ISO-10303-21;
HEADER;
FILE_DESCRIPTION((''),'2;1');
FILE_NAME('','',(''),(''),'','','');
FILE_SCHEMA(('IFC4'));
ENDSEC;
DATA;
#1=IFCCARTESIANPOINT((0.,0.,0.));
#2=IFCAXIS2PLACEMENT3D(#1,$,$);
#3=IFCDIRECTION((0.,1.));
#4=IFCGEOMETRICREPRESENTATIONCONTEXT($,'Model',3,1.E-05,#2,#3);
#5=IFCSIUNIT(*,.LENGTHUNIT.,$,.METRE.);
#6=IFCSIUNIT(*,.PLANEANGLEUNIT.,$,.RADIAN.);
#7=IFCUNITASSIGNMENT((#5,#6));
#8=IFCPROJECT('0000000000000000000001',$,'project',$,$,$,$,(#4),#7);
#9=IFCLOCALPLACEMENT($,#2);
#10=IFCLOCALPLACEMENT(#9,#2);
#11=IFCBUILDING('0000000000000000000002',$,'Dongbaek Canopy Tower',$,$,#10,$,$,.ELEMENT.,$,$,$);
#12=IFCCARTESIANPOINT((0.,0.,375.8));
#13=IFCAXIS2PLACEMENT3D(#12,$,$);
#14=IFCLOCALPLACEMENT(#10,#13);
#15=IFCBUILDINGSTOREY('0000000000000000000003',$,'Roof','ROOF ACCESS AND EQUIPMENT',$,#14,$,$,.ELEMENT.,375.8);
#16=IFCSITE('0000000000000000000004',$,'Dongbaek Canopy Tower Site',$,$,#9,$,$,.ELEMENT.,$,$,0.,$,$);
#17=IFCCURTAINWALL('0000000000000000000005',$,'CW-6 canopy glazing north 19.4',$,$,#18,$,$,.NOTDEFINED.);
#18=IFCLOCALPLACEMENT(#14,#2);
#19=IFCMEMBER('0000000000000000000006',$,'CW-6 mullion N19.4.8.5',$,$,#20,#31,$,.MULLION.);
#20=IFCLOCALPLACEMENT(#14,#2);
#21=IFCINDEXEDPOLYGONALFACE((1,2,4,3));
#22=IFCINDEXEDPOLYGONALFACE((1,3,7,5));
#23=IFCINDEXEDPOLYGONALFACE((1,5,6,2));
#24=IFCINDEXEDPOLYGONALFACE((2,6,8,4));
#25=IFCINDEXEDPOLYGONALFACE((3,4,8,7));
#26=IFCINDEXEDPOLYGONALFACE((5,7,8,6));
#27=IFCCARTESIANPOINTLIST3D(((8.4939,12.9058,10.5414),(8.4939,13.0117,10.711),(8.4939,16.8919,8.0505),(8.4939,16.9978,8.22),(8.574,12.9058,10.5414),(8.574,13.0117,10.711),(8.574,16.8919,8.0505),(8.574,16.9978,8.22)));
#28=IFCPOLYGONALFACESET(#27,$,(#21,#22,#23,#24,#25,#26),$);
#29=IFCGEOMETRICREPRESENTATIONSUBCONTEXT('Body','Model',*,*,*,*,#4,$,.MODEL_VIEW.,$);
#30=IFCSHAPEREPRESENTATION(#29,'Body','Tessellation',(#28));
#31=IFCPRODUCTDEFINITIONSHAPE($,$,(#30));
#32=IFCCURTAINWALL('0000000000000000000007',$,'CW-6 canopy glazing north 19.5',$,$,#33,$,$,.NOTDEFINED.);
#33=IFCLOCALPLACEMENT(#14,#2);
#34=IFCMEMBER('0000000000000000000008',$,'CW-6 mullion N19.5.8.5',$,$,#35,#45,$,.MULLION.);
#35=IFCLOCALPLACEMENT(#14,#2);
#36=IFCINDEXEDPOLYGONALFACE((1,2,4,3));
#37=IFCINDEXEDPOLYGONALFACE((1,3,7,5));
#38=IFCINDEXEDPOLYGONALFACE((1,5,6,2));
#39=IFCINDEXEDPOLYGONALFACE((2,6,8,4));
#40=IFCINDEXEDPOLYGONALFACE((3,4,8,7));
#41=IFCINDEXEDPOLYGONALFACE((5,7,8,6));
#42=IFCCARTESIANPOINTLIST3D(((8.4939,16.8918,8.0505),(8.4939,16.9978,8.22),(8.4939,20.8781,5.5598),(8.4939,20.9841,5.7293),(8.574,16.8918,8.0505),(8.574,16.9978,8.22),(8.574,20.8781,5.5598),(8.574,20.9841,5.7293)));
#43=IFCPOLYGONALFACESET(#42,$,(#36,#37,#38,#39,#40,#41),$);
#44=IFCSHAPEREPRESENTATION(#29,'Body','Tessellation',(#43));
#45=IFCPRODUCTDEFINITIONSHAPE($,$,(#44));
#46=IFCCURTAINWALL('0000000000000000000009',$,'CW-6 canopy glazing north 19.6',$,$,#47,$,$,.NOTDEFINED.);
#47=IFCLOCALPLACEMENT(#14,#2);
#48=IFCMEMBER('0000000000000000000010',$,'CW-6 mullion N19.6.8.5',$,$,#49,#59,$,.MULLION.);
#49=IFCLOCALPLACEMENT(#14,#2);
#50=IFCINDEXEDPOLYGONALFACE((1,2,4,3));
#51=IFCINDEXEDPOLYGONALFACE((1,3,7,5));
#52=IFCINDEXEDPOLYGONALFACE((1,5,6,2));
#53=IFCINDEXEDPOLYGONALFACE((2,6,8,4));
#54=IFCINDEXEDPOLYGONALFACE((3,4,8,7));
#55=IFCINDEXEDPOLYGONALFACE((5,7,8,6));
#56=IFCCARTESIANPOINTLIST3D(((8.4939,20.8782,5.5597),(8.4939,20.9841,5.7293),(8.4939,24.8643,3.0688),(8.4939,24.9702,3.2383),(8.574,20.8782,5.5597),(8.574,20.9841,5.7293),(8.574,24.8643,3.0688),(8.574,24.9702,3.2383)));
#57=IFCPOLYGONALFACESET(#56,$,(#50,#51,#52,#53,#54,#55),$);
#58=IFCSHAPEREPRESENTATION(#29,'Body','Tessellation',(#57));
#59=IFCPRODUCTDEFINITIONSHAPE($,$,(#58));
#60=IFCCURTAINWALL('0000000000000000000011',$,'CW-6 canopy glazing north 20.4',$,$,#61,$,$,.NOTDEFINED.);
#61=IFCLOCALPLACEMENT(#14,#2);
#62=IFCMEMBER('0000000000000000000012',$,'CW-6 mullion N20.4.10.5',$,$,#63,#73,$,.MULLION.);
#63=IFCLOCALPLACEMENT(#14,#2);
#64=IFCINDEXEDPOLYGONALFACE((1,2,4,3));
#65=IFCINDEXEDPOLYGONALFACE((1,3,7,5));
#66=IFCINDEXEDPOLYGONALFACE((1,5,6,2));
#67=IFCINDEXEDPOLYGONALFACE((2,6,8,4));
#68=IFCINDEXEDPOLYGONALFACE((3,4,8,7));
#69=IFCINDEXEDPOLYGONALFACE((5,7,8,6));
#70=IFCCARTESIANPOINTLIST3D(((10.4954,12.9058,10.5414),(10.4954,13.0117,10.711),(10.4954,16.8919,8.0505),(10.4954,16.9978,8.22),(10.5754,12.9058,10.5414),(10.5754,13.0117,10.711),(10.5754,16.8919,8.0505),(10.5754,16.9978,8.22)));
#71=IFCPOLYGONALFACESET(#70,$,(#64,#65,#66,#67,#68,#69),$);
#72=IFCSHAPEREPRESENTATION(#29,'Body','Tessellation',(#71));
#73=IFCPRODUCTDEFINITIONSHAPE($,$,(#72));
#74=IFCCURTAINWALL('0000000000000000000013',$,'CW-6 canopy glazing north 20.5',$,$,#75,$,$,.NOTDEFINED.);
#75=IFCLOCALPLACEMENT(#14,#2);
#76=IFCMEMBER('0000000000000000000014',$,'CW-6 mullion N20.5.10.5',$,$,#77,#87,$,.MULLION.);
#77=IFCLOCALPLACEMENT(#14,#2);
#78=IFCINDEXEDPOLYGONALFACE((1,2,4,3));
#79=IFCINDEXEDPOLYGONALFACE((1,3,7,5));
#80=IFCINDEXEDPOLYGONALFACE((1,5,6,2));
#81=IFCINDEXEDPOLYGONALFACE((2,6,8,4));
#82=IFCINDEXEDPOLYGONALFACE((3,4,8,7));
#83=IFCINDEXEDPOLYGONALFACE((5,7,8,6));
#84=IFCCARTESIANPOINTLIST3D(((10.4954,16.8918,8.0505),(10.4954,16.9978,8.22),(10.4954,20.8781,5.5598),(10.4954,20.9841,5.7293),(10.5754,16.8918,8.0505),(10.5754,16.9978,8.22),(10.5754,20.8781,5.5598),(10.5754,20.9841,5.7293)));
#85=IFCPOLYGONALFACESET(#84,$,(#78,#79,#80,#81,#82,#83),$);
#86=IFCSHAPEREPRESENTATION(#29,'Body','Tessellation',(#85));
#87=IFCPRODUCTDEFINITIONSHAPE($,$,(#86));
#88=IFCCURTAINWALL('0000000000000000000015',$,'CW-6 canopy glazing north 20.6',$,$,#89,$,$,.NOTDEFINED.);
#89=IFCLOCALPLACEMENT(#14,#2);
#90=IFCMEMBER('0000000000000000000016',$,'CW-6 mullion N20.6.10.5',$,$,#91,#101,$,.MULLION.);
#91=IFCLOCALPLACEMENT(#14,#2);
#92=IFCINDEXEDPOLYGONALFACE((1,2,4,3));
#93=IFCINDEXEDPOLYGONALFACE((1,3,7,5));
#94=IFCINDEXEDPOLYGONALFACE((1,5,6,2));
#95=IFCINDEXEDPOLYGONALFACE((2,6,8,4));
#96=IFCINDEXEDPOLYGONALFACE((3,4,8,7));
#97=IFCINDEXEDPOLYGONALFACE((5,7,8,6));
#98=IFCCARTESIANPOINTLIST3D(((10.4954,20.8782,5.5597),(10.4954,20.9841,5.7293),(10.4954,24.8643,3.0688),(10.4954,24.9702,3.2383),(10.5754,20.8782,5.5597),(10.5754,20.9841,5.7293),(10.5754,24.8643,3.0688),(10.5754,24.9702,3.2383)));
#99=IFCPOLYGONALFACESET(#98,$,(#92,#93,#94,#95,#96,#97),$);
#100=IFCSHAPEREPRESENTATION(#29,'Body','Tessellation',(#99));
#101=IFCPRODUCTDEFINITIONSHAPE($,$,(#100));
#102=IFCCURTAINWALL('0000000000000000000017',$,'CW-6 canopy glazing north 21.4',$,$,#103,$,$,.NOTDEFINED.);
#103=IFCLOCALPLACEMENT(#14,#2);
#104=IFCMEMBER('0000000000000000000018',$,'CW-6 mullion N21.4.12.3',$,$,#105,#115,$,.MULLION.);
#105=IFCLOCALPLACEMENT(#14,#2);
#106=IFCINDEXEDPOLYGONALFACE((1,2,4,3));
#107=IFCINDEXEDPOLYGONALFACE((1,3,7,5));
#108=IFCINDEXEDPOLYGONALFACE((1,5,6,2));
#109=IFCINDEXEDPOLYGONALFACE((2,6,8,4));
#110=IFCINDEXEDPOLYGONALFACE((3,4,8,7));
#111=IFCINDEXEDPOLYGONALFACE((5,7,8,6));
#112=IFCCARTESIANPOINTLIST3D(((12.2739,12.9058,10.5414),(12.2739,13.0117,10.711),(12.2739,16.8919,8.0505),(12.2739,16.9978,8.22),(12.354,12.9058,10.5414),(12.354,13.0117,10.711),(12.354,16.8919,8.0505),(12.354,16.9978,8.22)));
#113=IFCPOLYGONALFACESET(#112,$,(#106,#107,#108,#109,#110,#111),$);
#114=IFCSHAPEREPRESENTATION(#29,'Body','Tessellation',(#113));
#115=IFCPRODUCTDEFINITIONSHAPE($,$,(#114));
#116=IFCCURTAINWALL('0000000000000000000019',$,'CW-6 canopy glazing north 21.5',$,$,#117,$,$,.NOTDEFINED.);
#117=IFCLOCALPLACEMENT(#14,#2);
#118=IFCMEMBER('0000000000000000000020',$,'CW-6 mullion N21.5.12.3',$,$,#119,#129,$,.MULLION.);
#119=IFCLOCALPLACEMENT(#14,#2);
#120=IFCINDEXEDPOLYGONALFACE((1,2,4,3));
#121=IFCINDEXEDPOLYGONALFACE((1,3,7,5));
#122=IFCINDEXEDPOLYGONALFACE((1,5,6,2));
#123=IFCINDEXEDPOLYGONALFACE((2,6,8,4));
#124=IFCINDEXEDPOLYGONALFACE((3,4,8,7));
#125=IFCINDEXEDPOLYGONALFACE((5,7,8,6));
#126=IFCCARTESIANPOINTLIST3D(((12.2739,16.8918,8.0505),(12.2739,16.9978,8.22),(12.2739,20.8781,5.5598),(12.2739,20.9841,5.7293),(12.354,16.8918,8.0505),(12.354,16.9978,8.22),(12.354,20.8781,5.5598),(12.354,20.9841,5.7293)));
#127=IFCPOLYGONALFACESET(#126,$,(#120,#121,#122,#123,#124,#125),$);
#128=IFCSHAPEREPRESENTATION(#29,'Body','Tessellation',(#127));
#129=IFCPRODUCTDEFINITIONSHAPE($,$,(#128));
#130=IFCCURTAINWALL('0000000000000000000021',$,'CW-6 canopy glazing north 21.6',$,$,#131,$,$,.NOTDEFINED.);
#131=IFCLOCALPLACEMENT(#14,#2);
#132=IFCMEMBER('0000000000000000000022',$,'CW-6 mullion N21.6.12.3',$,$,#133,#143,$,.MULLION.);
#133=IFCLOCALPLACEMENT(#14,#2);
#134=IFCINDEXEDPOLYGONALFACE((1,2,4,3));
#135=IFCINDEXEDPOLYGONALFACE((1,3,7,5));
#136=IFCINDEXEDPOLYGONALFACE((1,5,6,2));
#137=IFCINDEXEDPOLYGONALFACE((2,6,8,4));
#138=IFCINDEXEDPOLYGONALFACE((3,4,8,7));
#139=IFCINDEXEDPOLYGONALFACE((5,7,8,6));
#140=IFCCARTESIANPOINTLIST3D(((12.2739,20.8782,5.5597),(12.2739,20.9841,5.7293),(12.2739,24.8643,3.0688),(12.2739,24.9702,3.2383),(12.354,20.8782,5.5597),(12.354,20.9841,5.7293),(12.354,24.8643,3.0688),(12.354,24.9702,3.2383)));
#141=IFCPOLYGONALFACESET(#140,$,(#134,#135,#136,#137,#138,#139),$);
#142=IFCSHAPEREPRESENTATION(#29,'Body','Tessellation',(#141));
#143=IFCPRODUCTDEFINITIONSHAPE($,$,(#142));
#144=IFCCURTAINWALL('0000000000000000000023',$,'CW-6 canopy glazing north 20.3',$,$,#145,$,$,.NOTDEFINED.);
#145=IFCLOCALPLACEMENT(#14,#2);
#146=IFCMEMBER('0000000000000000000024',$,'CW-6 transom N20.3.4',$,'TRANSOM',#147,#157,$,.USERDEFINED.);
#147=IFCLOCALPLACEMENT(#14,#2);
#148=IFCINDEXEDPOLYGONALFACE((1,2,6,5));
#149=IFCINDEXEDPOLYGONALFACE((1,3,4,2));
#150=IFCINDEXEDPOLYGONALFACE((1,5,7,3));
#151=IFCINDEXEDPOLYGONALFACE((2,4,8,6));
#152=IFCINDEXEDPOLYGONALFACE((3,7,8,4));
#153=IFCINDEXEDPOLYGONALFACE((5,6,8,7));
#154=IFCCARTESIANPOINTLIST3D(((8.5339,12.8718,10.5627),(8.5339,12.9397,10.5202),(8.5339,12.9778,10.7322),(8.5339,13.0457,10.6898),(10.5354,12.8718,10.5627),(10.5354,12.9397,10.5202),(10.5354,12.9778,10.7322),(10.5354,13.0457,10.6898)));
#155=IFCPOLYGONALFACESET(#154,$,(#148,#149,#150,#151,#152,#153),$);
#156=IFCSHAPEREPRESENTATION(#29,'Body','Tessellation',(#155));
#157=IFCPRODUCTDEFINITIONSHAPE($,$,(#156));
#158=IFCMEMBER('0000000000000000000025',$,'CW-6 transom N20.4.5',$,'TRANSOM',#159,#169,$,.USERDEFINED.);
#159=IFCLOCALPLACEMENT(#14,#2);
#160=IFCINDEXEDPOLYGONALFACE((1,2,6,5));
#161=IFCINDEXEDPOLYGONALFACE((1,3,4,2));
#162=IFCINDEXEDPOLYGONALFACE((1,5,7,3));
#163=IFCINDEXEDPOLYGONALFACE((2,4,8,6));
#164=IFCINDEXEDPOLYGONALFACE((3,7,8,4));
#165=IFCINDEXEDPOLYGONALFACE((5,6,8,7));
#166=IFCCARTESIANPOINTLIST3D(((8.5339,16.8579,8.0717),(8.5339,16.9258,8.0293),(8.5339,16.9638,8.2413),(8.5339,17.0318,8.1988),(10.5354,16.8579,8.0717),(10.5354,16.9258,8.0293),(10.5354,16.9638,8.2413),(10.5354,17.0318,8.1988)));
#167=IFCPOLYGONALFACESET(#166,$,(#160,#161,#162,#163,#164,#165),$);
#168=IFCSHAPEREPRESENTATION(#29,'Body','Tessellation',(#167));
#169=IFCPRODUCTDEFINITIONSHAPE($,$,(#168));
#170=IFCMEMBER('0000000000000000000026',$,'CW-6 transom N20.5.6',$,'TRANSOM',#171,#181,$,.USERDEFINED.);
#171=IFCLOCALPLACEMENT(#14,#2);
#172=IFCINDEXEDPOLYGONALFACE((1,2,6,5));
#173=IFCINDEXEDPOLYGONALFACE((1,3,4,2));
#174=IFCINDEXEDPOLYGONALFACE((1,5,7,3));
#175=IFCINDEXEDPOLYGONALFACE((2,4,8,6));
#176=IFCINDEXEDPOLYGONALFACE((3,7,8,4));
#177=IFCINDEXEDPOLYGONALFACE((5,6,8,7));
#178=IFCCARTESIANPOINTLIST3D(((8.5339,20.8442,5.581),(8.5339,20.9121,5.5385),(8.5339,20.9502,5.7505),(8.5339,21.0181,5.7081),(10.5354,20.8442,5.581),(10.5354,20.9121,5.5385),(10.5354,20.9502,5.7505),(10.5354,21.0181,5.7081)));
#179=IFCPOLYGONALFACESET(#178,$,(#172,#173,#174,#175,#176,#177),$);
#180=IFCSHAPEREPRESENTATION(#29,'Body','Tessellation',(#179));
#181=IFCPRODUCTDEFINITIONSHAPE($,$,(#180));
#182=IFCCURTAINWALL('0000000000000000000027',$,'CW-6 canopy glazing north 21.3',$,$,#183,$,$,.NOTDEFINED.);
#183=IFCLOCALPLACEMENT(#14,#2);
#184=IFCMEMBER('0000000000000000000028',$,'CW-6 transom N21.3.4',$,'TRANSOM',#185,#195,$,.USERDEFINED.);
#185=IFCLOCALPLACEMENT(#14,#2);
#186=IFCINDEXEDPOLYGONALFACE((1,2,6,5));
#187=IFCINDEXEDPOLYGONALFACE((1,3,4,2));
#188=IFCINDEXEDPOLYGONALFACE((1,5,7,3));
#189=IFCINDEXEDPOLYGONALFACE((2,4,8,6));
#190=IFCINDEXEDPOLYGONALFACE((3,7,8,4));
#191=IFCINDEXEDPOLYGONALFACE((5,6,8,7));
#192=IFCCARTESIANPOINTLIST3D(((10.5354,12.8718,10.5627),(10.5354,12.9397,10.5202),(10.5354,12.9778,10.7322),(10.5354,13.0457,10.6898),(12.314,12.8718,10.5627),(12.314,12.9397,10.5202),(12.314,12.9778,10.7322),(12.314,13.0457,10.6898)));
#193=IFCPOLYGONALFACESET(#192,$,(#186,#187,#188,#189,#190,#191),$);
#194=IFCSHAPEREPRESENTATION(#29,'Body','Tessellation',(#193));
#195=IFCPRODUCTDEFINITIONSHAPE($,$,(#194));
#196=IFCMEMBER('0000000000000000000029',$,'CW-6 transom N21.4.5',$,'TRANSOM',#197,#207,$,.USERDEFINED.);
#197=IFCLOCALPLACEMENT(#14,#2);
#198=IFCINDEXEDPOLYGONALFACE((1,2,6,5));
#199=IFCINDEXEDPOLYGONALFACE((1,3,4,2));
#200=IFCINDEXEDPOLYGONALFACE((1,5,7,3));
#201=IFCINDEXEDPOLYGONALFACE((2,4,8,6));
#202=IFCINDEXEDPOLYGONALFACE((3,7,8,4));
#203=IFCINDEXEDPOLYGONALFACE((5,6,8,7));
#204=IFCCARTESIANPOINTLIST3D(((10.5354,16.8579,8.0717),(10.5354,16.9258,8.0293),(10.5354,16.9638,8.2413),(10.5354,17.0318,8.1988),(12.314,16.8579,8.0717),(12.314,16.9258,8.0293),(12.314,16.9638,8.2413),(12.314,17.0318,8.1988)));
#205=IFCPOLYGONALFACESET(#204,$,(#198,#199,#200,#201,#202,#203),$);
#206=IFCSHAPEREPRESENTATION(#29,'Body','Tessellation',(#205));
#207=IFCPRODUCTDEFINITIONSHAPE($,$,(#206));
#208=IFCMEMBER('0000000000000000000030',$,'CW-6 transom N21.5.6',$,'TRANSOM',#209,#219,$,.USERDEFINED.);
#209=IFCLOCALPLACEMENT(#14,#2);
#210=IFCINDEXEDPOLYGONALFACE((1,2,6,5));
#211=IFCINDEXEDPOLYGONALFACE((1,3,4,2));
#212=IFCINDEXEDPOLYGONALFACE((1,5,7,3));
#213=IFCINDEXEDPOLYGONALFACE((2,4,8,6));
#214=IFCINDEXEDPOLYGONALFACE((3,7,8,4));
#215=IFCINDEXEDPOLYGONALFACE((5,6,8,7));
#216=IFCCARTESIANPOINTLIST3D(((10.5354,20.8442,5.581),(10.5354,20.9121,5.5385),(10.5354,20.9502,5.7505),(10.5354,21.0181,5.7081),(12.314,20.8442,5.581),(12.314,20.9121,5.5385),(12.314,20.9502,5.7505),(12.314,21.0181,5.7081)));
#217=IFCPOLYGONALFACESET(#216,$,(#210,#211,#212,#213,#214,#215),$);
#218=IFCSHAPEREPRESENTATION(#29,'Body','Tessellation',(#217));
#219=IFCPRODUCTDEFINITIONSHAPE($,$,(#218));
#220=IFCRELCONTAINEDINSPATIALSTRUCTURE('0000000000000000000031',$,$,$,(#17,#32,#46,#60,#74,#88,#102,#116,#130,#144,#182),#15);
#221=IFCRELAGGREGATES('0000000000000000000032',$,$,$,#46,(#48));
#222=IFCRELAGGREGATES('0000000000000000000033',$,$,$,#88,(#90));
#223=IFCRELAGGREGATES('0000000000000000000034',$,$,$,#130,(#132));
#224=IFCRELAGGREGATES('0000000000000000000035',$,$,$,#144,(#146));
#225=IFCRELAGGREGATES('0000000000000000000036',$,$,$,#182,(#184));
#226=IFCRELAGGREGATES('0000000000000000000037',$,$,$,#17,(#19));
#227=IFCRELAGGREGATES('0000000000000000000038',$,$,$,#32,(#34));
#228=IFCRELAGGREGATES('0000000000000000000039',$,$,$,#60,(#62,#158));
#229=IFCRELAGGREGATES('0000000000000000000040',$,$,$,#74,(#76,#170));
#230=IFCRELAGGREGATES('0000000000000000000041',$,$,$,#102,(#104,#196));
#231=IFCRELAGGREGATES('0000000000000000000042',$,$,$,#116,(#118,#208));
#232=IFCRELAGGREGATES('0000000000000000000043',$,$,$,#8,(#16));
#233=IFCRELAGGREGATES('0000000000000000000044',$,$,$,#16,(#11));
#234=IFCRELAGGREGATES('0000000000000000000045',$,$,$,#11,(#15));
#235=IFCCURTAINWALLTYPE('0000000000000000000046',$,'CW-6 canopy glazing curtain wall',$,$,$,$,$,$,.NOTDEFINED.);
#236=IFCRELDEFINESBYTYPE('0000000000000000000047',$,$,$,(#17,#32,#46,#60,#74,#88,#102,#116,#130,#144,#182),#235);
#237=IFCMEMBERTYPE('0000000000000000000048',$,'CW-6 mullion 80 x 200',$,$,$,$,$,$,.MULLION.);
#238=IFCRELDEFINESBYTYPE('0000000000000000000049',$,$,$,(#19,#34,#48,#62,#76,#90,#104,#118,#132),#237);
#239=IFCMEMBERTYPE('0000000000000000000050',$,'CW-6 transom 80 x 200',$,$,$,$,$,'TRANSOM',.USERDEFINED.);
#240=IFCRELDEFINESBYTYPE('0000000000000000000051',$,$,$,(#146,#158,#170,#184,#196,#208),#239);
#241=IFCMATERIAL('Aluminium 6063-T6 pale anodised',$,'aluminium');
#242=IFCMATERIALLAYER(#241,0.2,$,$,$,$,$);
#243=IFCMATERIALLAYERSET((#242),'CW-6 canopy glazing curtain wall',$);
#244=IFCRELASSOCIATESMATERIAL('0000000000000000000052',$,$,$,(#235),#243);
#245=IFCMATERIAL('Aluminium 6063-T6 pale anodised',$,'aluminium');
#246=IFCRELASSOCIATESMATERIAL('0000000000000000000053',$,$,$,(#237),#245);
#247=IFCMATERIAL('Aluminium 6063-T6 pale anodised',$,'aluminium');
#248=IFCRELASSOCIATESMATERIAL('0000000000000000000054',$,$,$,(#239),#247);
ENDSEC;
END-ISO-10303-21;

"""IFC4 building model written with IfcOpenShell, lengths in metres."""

from ifc_helpers import new_model, si_unit, direction, frame, origin, origin_2d, place, context, subcontext, project, spatial, rectangle, extrude, material, layer, layer_set, material_profile, profile_set, type_object, element, aggregate, save


model = new_model("IFC4")

# Units and contexts
model_context = context("Model", 3, precision=1e-05, world=origin(), true_north=direction((0.0, 1.0)))
body_context = subcontext(model_context, "Body", "Model", "MODEL_VIEW")
ifc_project = project(units=[si_unit("LENGTHUNIT", "METRE"), si_unit("PLANEANGLEUNIT", "RADIAN")], contexts=[model_context])

# Site, building, storey
site_placement = place(None, origin())
site = spatial("IfcSite", under=ifc_project, at=site_placement, Name="Dongbaek Canopy Tower Site", CompositionType="ELEMENT", RefElevation=0.0)
building_placement = place(site_placement, origin())
building = spatial("IfcBuilding", under=site, at=building_placement, Name="Dongbaek Canopy Tower", CompositionType="ELEMENT")
storey_placement = place(building_placement, frame((0.0, 0.0, 375.8)))
storey = spatial("IfcBuildingStorey", under=building, at=storey_placement, Name="Roof", Description="ROOF ACCESS AND EQUIPMENT", CompositionType="ELEMENT", Elevation=375.8)

# Curtain walls, members
ifc_material_1 = material(Name="Aluminium 6063-T6 pale anodised", Category="aluminium")
ifc_layer_1 = layer(ifc_material_1, 0.2)
ifc_layer_set_1 = layer_set([ifc_layer_1], Name="CW-6 canopy glazing curtain wall")
curtain_wall_type = type_object("IfcCurtainWallType", Name="CW-6 canopy glazing curtain wall", PredefinedType="NOTDEFINED", material=ifc_layer_set_1)
curtain_wall_1_placement = place(storey_placement, origin())
curtain_wall_1 = element("IfcCurtainWall", 1, at=curtain_wall_1_placement, inside=storey, type_object=curtain_wall_type, Name="CW-6 canopy glazing north 19.4", PredefinedType="NOTDEFINED")
ifc_material_2 = material(Name="Aluminium 6063-T6 pale anodised", Category="aluminium")
ifc_material_profile_1 = material_profile(ifc_material_2, rectangle(XDim=0.0801, YDim=0.2, at=origin_2d()), Name="CW-6 mullion 80 x 200")
ifc_profile_set_1 = profile_set([ifc_material_profile_1], Name="Aluminium 6063-T6 pale anodised")
member_type_1 = type_object("IfcMemberType", Name="CW-6 mullion 80 x 200", PredefinedType="MULLION", material=ifc_profile_set_1)
member_1_placement = place(storey_placement, frame((8.5339, 12.9587, 10.6262), z_axis=(0.0, 0.84803, -0.529948), x_axis=(-1.0, 0.0, 0.0)))
member_1 = element("IfcMember", 2, at=member_1_placement, type_object=member_type_1, Name="CW-6 mullion N19.4.8.5", PredefinedType="MULLION", context=body_context, shape_type="SweptSolid", body=[
    extrude(rectangle(XDim=0.0801, YDim=0.2, at=origin_2d()), origin(), (0.0, 0.0, 1.0), 4.7004),
])
curtain_wall_2_placement = place(storey_placement, origin())
curtain_wall_2 = element("IfcCurtainWall", 3, at=curtain_wall_2_placement, inside=storey, type_object=curtain_wall_type, Name="CW-6 canopy glazing north 19.5", PredefinedType="NOTDEFINED")
member_2_placement = place(storey_placement, frame((8.5339, 16.9448, 8.1353), z_axis=(0.0, 0.848068, -0.529887), x_axis=(-1.0, 0.0, 0.0)))
member_2 = element("IfcMember", 4, at=member_2_placement, type_object=member_type_1, Name="CW-6 mullion N19.5.8.5", PredefinedType="MULLION", context=body_context, shape_type="SweptSolid", body=[
    extrude(rectangle(XDim=0.0801, YDim=0.2, at=origin_2d()), origin(), (0.0, 0.0, 1.0), 4.7004),
])
curtain_wall_3_placement = place(storey_placement, origin())
curtain_wall_3 = element("IfcCurtainWall", 5, at=curtain_wall_3_placement, inside=storey, type_object=curtain_wall_type, Name="CW-6 canopy glazing north 19.6", PredefinedType="NOTDEFINED")
member_3_placement = place(storey_placement, frame((8.5339, 20.9312, 5.6445), z_axis=(0.0, 0.84803, -0.529948), x_axis=(-1.0, 0.0, 0.0)))
member_3 = element("IfcMember", 6, at=member_3_placement, type_object=member_type_1, Name="CW-6 mullion N19.6.8.5", PredefinedType="MULLION", context=body_context, shape_type="SweptSolid", body=[
    extrude(rectangle(XDim=0.0801, YDim=0.2, at=origin_2d()), origin(), (0.0, 0.0, 1.0), 4.7004),
])
aggregate(curtain_wall_3, [member_3])
curtain_wall_4_placement = place(storey_placement, origin())
curtain_wall_4 = element("IfcCurtainWall", 7, at=curtain_wall_4_placement, inside=storey, type_object=curtain_wall_type, Name="CW-6 canopy glazing north 20.4", PredefinedType="NOTDEFINED")
member_4_placement = place(storey_placement, frame((10.5354, 12.9587, 10.6262), z_axis=(0.0, 0.84803, -0.529948), x_axis=(-1.0, 0.0, 0.0)))
member_4 = element("IfcMember", 8, at=member_4_placement, type_object=member_type_1, Name="CW-6 mullion N20.4.10.5", PredefinedType="MULLION", context=body_context, shape_type="SweptSolid", body=[
    extrude(rectangle(XDim=0.0801, YDim=0.2, at=origin_2d()), origin(), (0.0, 0.0, 1.0), 4.7004),
])
curtain_wall_5_placement = place(storey_placement, origin())
curtain_wall_5 = element("IfcCurtainWall", 9, at=curtain_wall_5_placement, inside=storey, type_object=curtain_wall_type, Name="CW-6 canopy glazing north 20.5", PredefinedType="NOTDEFINED")
member_5_placement = place(storey_placement, frame((10.5354, 16.9448, 8.1353), z_axis=(0.0, 0.848068, -0.529887), x_axis=(-1.0, 0.0, 0.0)))
member_5 = element("IfcMember", 10, at=member_5_placement, type_object=member_type_1, Name="CW-6 mullion N20.5.10.5", PredefinedType="MULLION", context=body_context, shape_type="SweptSolid", body=[
    extrude(rectangle(XDim=0.0801, YDim=0.2, at=origin_2d()), origin(), (0.0, 0.0, 1.0), 4.7004),
])
curtain_wall_6_placement = place(storey_placement, origin())
curtain_wall_6 = element("IfcCurtainWall", 11, at=curtain_wall_6_placement, inside=storey, type_object=curtain_wall_type, Name="CW-6 canopy glazing north 20.6", PredefinedType="NOTDEFINED")
member_6_placement = place(storey_placement, frame((10.5354, 20.9312, 5.6445), z_axis=(0.0, 0.84803, -0.529948), x_axis=(-1.0, 0.0, 0.0)))
member_6 = element("IfcMember", 12, at=member_6_placement, type_object=member_type_1, Name="CW-6 mullion N20.6.10.5", PredefinedType="MULLION", context=body_context, shape_type="SweptSolid", body=[
    extrude(rectangle(XDim=0.0801, YDim=0.2, at=origin_2d()), origin(), (0.0, 0.0, 1.0), 4.7004),
])
aggregate(curtain_wall_6, [member_6])
curtain_wall_7_placement = place(storey_placement, origin())
curtain_wall_7 = element("IfcCurtainWall", 13, at=curtain_wall_7_placement, inside=storey, type_object=curtain_wall_type, Name="CW-6 canopy glazing north 21.4", PredefinedType="NOTDEFINED")
member_7_placement = place(storey_placement, frame((12.314, 12.9587, 10.6262), z_axis=(0.0, 0.84803, -0.529948), x_axis=(-1.0, 0.0, 0.0)))
member_7 = element("IfcMember", 14, at=member_7_placement, type_object=member_type_1, Name="CW-6 mullion N21.4.12.3", PredefinedType="MULLION", context=body_context, shape_type="SweptSolid", body=[
    extrude(rectangle(XDim=0.0801, YDim=0.2, at=origin_2d()), origin(), (0.0, 0.0, 1.0), 4.7004),
])
curtain_wall_8_placement = place(storey_placement, origin())
curtain_wall_8 = element("IfcCurtainWall", 15, at=curtain_wall_8_placement, inside=storey, type_object=curtain_wall_type, Name="CW-6 canopy glazing north 21.5", PredefinedType="NOTDEFINED")
member_8_placement = place(storey_placement, frame((12.314, 16.9448, 8.1353), z_axis=(0.0, 0.848068, -0.529887), x_axis=(-1.0, 0.0, 0.0)))
member_8 = element("IfcMember", 16, at=member_8_placement, type_object=member_type_1, Name="CW-6 mullion N21.5.12.3", PredefinedType="MULLION", context=body_context, shape_type="SweptSolid", body=[
    extrude(rectangle(XDim=0.0801, YDim=0.2, at=origin_2d()), origin(), (0.0, 0.0, 1.0), 4.7004),
])
curtain_wall_9_placement = place(storey_placement, origin())
curtain_wall_9 = element("IfcCurtainWall", 17, at=curtain_wall_9_placement, inside=storey, type_object=curtain_wall_type, Name="CW-6 canopy glazing north 21.6", PredefinedType="NOTDEFINED")
member_9_placement = place(storey_placement, frame((12.314, 20.9312, 5.6445), z_axis=(0.0, 0.84803, -0.529948), x_axis=(-1.0, 0.0, 0.0)))
member_9 = element("IfcMember", 18, at=member_9_placement, type_object=member_type_1, Name="CW-6 mullion N21.6.12.3", PredefinedType="MULLION", context=body_context, shape_type="SweptSolid", body=[
    extrude(rectangle(XDim=0.0801, YDim=0.2, at=origin_2d()), origin(), (0.0, 0.0, 1.0), 4.7004),
])
aggregate(curtain_wall_9, [member_9])
curtain_wall_10_placement = place(storey_placement, origin())
curtain_wall_10 = element("IfcCurtainWall", 19, at=curtain_wall_10_placement, inside=storey, type_object=curtain_wall_type, Name="CW-6 canopy glazing north 20.3", PredefinedType="NOTDEFINED")
ifc_material_3 = material(Name="Aluminium 6063-T6 pale anodised", Category="aluminium")
ifc_material_profile_2 = material_profile(ifc_material_3, rectangle(XDim=0.0801, YDim=0.2, at=origin_2d()), Name="CW-6 transom 80 x 200")
ifc_profile_set_2 = profile_set([ifc_material_profile_2], Name="Aluminium 6063-T6 pale anodised")
member_type_2 = type_object("IfcMemberType", Name="CW-6 transom 80 x 200", ElementType="TRANSOM", PredefinedType="USERDEFINED", material=ifc_profile_set_2)
member_10_placement = place(storey_placement, frame((8.5339, 12.9587, 10.6262), z_axis=(1.0, 0.0, 0.0), x_axis=(0.0, 0.848048, -0.529919)))
member_10 = element("IfcMember", 20, at=member_10_placement, type_object=member_type_2, Name="CW-6 transom N20.3.4", ObjectType="TRANSOM", PredefinedType="USERDEFINED", context=body_context, shape_type="SweptSolid", body=[
    extrude(rectangle(XDim=0.0801, YDim=0.2, at=origin_2d()), origin(), (0.0, 0.0, 1.0), 2.0015),
])
aggregate(curtain_wall_10, [member_10])

# Members
member_11_placement = place(storey_placement, frame((8.5339, 16.9448, 8.1353), z_axis=(1.0, 0.0, 0.0), x_axis=(0.0, 0.848048, -0.529919)))
member_11 = element("IfcMember", 21, at=member_11_placement, type_object=member_type_2, Name="CW-6 transom N20.4.5", ObjectType="TRANSOM", PredefinedType="USERDEFINED", context=body_context, shape_type="SweptSolid", body=[
    extrude(rectangle(XDim=0.0801, YDim=0.2, at=origin_2d()), origin(), (0.0, 0.0, 1.0), 2.0015),
])
member_12_placement = place(storey_placement, frame((8.5339, 20.9312, 5.6445), z_axis=(1.0, 0.0, 0.0), x_axis=(0.0, 0.848048, -0.529919)))
member_12 = element("IfcMember", 22, at=member_12_placement, type_object=member_type_2, Name="CW-6 transom N20.5.6", ObjectType="TRANSOM", PredefinedType="USERDEFINED", context=body_context, shape_type="SweptSolid", body=[
    extrude(rectangle(XDim=0.0801, YDim=0.2, at=origin_2d()), origin(), (0.0, 0.0, 1.0), 2.0015),
])

# Curtain wall, member
curtain_wall_11_placement = place(storey_placement, origin())
curtain_wall_11 = element("IfcCurtainWall", 23, at=curtain_wall_11_placement, inside=storey, type_object=curtain_wall_type, Name="CW-6 canopy glazing north 21.3", PredefinedType="NOTDEFINED")
member_13_placement = place(storey_placement, frame((10.5354, 12.9587, 10.6262), z_axis=(1.0, 0.0, 0.0), x_axis=(0.0, 0.848048, -0.529919)))
member_13 = element("IfcMember", 24, at=member_13_placement, type_object=member_type_2, Name="CW-6 transom N21.3.4", ObjectType="TRANSOM", PredefinedType="USERDEFINED", context=body_context, shape_type="SweptSolid", body=[
    extrude(rectangle(XDim=0.0801, YDim=0.2, at=origin_2d()), origin(), (0.0, 0.0, 1.0), 1.7786),
])
aggregate(curtain_wall_11, [member_13])

# Members
member_14_placement = place(storey_placement, frame((10.5354, 16.9448, 8.1353), z_axis=(1.0, 0.0, 0.0), x_axis=(0.0, 0.848048, -0.529919)))
member_14 = element("IfcMember", 25, at=member_14_placement, type_object=member_type_2, Name="CW-6 transom N21.4.5", ObjectType="TRANSOM", PredefinedType="USERDEFINED", context=body_context, shape_type="SweptSolid", body=[
    extrude(rectangle(XDim=0.0801, YDim=0.2, at=origin_2d()), origin(), (0.0, 0.0, 1.0), 1.7786),
])
member_15_placement = place(storey_placement, frame((10.5354, 20.9312, 5.6445), z_axis=(1.0, 0.0, 0.0), x_axis=(0.0, 0.848048, -0.529919)))
member_15 = element("IfcMember", 26, at=member_15_placement, type_object=member_type_2, Name="CW-6 transom N21.5.6", ObjectType="TRANSOM", PredefinedType="USERDEFINED", context=body_context, shape_type="SweptSolid", body=[
    extrude(rectangle(XDim=0.0801, YDim=0.2, at=origin_2d()), origin(), (0.0, 0.0, 1.0), 1.7786),
])

aggregate(curtain_wall_1, [member_1])
aggregate(curtain_wall_2, [member_2])
aggregate(curtain_wall_4, [member_4, member_11])
aggregate(curtain_wall_5, [member_5, member_12])
aggregate(curtain_wall_7, [member_7, member_14])
aggregate(curtain_wall_8, [member_8, member_15])

save(model, "model.ifc")
